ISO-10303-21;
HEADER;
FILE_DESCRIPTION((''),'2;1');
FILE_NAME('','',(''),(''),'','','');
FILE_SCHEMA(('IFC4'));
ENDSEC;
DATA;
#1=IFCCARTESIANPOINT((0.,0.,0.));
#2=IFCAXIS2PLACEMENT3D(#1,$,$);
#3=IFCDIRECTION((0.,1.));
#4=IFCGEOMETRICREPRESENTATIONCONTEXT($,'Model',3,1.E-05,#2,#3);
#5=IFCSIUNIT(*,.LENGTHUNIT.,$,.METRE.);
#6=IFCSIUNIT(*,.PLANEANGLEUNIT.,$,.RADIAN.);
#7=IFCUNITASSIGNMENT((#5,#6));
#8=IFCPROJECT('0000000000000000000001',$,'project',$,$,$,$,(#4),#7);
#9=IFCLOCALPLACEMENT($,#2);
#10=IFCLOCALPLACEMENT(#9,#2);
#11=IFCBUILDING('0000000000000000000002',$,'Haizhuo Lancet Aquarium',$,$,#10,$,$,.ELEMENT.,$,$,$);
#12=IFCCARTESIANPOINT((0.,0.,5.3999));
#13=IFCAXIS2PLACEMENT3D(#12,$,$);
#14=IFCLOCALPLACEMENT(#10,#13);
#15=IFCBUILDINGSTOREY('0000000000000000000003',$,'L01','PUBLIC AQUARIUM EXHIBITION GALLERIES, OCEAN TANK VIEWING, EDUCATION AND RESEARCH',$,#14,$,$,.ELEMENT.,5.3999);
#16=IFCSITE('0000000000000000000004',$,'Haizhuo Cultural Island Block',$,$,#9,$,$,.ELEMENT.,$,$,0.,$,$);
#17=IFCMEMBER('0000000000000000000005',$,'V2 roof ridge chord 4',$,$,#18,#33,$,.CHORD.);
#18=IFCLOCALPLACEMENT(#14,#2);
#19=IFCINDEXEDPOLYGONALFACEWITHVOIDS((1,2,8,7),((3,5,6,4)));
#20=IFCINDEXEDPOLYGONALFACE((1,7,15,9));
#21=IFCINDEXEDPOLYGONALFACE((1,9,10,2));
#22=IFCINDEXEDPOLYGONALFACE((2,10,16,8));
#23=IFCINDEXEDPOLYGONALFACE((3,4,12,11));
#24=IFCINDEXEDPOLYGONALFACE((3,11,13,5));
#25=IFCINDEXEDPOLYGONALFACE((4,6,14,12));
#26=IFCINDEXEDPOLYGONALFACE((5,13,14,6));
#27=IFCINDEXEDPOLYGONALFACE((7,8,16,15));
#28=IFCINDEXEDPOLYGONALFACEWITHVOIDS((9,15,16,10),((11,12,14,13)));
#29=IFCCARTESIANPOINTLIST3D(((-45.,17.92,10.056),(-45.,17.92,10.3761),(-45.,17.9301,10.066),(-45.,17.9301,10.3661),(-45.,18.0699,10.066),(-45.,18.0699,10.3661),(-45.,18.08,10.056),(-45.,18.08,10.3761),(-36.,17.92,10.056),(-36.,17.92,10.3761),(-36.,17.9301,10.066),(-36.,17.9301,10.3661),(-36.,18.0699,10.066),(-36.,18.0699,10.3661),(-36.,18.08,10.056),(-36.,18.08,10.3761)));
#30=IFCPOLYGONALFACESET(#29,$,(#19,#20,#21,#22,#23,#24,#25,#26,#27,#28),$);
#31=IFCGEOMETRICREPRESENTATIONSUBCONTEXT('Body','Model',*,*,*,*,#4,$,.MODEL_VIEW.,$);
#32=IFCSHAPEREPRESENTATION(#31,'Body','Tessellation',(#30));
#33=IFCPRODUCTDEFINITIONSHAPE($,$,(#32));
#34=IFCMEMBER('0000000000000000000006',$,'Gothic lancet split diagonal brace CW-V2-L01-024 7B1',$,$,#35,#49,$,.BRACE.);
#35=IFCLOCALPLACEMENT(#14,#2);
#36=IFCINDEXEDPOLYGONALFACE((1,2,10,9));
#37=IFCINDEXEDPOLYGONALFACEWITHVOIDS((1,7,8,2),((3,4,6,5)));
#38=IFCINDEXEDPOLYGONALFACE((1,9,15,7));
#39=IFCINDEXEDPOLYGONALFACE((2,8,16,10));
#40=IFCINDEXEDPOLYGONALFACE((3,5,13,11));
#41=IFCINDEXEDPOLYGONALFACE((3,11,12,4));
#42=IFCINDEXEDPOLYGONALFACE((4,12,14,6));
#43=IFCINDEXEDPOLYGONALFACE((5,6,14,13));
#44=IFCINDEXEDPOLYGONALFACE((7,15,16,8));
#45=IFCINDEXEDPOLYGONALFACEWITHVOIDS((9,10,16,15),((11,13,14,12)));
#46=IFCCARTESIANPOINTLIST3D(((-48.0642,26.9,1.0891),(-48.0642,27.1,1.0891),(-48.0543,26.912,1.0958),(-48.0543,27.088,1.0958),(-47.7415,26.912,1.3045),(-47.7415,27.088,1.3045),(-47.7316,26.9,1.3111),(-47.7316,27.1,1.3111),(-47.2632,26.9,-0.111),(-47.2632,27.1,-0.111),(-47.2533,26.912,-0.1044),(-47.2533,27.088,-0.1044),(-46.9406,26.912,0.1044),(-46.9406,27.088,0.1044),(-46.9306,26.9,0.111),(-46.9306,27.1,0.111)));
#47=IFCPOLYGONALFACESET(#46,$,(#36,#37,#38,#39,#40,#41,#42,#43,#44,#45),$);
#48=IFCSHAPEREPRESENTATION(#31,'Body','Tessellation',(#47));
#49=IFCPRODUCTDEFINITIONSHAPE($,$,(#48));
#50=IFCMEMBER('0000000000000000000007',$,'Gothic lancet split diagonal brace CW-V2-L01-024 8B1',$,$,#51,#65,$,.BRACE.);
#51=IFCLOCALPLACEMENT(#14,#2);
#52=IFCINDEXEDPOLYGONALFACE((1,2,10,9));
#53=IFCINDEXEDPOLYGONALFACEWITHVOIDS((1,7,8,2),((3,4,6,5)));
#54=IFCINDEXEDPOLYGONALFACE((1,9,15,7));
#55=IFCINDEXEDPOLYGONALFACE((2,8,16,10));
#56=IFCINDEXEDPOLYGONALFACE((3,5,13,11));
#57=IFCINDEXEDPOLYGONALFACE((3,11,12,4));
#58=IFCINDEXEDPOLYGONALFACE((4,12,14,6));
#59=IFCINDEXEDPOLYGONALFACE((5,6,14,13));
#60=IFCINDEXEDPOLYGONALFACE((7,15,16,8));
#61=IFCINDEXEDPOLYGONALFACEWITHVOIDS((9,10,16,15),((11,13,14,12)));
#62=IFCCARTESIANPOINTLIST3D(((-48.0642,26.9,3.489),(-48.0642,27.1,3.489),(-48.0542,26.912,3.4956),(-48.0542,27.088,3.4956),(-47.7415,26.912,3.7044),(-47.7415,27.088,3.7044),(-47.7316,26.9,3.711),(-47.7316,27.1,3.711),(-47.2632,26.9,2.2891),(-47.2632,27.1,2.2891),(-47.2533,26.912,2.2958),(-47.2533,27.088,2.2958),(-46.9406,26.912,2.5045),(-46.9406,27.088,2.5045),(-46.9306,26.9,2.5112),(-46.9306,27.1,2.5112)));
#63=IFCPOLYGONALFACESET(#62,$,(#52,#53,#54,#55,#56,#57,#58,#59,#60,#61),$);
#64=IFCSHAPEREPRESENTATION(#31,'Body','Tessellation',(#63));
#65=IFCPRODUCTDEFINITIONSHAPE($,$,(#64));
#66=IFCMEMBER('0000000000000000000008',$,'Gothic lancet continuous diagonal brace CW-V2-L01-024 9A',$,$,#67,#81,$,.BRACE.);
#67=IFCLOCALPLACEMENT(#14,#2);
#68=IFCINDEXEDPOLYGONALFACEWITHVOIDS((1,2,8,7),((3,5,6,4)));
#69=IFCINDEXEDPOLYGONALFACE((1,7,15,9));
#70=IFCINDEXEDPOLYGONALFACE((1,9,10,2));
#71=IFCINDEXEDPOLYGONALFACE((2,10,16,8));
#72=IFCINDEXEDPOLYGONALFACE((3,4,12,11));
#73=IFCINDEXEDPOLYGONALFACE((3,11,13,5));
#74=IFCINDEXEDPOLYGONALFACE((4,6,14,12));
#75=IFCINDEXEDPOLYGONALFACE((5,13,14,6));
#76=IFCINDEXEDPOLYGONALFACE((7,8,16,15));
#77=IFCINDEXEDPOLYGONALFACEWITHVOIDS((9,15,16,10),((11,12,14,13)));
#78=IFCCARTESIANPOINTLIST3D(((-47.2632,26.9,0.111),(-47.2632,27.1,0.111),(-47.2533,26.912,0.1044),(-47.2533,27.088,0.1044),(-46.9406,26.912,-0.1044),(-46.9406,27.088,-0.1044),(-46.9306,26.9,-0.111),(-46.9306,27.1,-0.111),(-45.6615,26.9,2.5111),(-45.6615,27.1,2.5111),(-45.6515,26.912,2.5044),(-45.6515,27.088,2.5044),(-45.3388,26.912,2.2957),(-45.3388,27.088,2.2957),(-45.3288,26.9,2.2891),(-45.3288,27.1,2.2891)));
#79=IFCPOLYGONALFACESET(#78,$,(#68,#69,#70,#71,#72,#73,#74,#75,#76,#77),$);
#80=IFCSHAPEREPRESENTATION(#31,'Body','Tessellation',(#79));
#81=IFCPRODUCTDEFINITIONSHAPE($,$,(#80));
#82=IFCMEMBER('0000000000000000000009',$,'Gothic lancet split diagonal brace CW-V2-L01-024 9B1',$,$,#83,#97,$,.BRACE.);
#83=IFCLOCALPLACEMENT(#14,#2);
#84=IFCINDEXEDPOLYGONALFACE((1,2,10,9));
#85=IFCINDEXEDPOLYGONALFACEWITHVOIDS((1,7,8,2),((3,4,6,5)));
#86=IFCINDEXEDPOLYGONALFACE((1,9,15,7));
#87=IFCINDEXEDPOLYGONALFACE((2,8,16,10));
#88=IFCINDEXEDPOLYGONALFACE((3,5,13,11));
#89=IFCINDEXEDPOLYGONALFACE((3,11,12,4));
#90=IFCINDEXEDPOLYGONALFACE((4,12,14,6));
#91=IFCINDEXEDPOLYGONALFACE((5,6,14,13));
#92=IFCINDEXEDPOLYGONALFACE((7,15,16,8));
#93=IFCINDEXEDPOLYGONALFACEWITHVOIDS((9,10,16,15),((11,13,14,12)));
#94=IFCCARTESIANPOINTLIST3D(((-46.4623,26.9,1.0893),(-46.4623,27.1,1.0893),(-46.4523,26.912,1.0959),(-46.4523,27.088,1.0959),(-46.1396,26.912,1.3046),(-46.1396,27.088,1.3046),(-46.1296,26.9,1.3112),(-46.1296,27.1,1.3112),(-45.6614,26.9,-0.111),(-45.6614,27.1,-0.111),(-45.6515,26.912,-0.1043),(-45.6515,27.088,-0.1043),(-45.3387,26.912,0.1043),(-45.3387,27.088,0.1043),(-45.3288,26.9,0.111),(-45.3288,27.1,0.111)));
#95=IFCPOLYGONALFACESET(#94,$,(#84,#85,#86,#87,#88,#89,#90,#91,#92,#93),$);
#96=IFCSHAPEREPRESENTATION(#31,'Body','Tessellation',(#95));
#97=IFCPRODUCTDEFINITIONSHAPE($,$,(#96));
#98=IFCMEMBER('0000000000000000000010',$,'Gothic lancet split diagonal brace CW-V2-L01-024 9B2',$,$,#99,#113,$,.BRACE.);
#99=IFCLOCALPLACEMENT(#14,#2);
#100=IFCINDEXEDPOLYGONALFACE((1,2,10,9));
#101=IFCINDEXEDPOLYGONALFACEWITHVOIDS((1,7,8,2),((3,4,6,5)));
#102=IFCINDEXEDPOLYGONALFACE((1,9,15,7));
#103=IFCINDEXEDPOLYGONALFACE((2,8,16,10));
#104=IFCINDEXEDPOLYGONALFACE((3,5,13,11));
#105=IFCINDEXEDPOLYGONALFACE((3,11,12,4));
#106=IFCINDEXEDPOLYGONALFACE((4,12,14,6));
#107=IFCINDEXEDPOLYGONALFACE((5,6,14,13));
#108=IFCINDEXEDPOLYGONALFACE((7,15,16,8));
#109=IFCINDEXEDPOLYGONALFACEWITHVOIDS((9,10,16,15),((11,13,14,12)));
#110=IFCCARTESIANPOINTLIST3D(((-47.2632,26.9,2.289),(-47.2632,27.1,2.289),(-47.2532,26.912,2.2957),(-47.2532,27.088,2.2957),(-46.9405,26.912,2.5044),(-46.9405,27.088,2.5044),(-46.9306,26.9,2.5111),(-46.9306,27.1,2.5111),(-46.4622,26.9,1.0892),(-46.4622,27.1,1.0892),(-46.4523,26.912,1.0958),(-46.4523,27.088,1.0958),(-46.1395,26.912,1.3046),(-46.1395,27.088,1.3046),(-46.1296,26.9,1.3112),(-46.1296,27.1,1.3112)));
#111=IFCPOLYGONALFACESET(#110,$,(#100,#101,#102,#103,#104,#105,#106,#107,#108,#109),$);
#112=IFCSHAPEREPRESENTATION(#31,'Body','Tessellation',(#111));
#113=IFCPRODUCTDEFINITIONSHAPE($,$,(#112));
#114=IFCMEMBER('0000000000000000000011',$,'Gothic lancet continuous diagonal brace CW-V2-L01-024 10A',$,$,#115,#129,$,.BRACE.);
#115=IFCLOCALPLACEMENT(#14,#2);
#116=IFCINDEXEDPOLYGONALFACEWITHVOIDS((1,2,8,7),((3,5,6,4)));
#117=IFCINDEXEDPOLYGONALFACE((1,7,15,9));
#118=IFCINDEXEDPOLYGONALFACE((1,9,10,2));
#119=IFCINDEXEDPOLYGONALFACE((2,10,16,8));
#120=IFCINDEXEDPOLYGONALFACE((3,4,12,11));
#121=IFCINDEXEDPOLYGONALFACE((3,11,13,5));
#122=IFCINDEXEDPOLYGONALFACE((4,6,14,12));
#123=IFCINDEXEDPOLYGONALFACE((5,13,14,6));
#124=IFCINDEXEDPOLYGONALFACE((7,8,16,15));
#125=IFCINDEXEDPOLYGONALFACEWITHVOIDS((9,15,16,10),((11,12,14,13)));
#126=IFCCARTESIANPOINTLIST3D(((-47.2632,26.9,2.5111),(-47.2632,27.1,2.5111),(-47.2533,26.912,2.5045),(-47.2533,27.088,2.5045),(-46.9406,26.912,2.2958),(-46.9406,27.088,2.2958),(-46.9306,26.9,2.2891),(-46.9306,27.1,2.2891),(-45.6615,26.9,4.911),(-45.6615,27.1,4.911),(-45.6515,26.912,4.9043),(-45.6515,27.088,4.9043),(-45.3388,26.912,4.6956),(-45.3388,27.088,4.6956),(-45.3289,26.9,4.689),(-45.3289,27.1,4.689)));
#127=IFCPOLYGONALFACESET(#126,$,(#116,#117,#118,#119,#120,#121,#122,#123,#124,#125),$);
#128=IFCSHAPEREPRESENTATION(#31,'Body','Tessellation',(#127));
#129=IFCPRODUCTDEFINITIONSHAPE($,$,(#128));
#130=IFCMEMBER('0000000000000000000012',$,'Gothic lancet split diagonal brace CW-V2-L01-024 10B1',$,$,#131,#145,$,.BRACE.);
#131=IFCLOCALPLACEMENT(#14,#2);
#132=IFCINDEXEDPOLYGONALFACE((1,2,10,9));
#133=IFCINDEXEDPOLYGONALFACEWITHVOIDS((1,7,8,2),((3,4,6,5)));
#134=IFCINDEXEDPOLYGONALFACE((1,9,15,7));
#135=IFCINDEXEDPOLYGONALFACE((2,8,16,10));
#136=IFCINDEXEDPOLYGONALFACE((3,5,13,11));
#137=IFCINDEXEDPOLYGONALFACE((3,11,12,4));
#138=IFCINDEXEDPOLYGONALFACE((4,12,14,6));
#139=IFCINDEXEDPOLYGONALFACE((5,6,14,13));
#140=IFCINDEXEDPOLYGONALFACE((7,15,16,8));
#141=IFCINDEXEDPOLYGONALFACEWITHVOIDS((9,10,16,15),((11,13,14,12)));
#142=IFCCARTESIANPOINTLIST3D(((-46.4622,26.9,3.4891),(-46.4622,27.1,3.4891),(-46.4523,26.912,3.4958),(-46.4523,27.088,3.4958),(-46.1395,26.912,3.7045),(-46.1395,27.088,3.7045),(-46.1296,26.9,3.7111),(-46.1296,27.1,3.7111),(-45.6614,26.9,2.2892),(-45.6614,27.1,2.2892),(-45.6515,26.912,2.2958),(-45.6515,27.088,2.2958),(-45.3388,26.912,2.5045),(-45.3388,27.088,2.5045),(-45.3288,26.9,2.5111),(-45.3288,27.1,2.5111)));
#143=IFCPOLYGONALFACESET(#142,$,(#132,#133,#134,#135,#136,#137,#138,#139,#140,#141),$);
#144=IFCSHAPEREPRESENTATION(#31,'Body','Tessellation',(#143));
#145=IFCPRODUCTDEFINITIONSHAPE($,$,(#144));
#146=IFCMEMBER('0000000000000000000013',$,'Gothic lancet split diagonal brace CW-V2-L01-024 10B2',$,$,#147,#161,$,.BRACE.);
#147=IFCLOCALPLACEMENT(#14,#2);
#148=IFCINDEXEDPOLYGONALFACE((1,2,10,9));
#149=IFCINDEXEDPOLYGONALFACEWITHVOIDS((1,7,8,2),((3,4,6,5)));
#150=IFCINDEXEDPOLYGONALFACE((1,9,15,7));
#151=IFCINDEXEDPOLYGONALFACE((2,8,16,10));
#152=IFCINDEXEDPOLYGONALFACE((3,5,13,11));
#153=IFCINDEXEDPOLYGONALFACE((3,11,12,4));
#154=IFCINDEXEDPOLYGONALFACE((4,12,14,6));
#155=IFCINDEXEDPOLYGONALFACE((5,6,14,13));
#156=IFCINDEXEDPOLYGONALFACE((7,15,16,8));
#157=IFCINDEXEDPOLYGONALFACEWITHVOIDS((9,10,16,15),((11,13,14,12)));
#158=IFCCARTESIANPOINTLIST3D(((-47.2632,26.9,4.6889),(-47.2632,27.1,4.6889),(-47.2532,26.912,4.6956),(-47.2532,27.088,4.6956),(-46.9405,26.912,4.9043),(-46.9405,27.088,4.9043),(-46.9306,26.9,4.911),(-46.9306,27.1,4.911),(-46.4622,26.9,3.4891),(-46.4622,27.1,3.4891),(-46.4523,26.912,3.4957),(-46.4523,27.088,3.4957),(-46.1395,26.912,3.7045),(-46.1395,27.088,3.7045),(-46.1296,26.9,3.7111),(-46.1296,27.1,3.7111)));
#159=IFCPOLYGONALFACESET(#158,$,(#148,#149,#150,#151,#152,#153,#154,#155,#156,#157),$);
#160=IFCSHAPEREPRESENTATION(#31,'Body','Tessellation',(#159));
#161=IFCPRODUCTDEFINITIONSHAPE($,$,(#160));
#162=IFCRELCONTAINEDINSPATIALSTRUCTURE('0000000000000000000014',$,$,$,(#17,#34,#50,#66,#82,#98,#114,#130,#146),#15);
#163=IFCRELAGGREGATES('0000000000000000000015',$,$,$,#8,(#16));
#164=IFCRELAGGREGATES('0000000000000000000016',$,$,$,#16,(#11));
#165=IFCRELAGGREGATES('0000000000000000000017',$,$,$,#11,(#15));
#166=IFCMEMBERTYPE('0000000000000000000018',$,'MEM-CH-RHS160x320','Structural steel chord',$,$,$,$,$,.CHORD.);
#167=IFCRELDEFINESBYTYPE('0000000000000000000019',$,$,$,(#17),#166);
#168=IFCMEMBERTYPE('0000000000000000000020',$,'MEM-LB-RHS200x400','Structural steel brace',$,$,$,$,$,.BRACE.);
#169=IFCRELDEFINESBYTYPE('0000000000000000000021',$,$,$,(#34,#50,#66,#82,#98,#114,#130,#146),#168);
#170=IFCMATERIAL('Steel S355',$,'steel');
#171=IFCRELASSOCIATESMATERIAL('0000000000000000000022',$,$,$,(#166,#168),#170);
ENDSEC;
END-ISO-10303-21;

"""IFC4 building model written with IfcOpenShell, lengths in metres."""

from ifc_helpers import new_model, si_unit, direction, frame, origin, origin_2d, place, context, subcontext, project, spatial, hollow_rectangle, extrude, material, material_profile, profile_set, type_object, element, save


model = new_model("IFC4")

# Units and contexts
model_context = context("Model", 3, precision=1e-05, world=origin(), true_north=direction((0.0, 1.0)))
body_context = subcontext(model_context, "Body", "Model", "MODEL_VIEW")
ifc_project = project(units=[si_unit("LENGTHUNIT", "METRE"), si_unit("PLANEANGLEUNIT", "RADIAN")], contexts=[model_context])

# Site, building, storey
site_placement = place(None, origin())
site = spatial("IfcSite", under=ifc_project, at=site_placement, Name="Haizhuo Cultural Island Block", CompositionType="ELEMENT", RefElevation=0.0)
building_placement = place(site_placement, origin())
building = spatial("IfcBuilding", under=site, at=building_placement, Name="Haizhuo Lancet Aquarium", CompositionType="ELEMENT")
storey_placement = place(building_placement, frame((0.0, 0.0, 5.3999)))
storey = spatial("IfcBuildingStorey", under=building, at=storey_placement, Name="L01", Description="PUBLIC AQUARIUM EXHIBITION GALLERIES, OCEAN TANK VIEWING, EDUCATION AND RESEARCH", CompositionType="ELEMENT", Elevation=5.3999)

# Shared definitions
ifc_material_1 = material(Name="Steel S355", Category="steel")

# Members
ifc_material_profile_1 = material_profile(ifc_material_1, hollow_rectangle(XDim=0.1599, YDim=0.3201, WallThickness=0.01, at=origin_2d()), Name="RHS 160x320x10")
ifc_profile_set_1 = profile_set([ifc_material_profile_1], Name="Steel S355")
member_type_1 = type_object("IfcMemberType", Name="MEM-CH-RHS160x320", Description="Structural steel chord", PredefinedType="CHORD", material=ifc_profile_set_1)
member_1_placement = place(storey_placement, frame((-45.0, 18.0, 10.2161), z_axis=(1.0, 0.0, 0.0), x_axis=(0.0, 1.0, 0.0)))
element("IfcMember", 1, at=member_1_placement, inside=storey, type_object=member_type_1, Name="V2 roof ridge chord 4", PredefinedType="CHORD", context=body_context, shape_type="SweptSolid", body=[
    extrude(hollow_rectangle(XDim=0.1599, YDim=0.3201, WallThickness=0.01, at=origin_2d()), origin(), (0.0, 0.0, 1.0), 9.0),
])
ifc_material_profile_2 = material_profile(ifc_material_1, hollow_rectangle(XDim=0.2, YDim=0.3999, WallThickness=0.012, at=origin_2d()), Name="RHS 200x400x12")
ifc_profile_set_2 = profile_set([ifc_material_profile_2], Name="Steel S355")
member_type_2 = type_object("IfcMemberType", Name="MEM-LB-RHS200x400", Description="Structural steel brace", PredefinedType="BRACE", material=ifc_profile_set_2)
member_2_placement = place(storey_placement, frame((-47.0969, 27.0, 0.0), z_axis=(-0.55513, 0.0, 0.831764), x_axis=(0.0, -1.0, 0.0)))
element("IfcMember", 2, at=member_2_placement, inside=storey, type_object=member_type_2, Name="Gothic lancet split diagonal brace CW-V2-L01-024 7B1", PredefinedType="BRACE", context=body_context, shape_type="SweptSolid", body=[
    extrude(hollow_rectangle(XDim=0.2, YDim=0.3999, WallThickness=0.012, at=origin_2d()), origin(), (0.0, 0.0, 1.0), 1.4429),
])
member_3_placement = place(storey_placement, frame((-47.0969, 27.0, 2.4001), z_axis=(-0.555208, 0.0, 0.831712), x_axis=(0.0, -1.0, 0.0)))
element("IfcMember", 3, at=member_3_placement, inside=storey, type_object=member_type_2, Name="Gothic lancet split diagonal brace CW-V2-L01-024 8B1", PredefinedType="BRACE", context=body_context, shape_type="SweptSolid", body=[
    extrude(hollow_rectangle(XDim=0.2, YDim=0.3999, WallThickness=0.012, at=origin_2d()), origin(), (0.0, 0.0, 1.0), 1.4426),
])
member_4_placement = place(storey_placement, frame((-47.0969, 27.0, 0.0), z_axis=(0.55511, 0.0, 0.831777), x_axis=(0.0, 1.0, 0.0)))
element("IfcMember", 4, at=member_4_placement, inside=storey, type_object=member_type_2, Name="Gothic lancet continuous diagonal brace CW-V2-L01-024 9A", PredefinedType="BRACE", context=body_context, shape_type="SweptSolid", body=[
    extrude(hollow_rectangle(XDim=0.2, YDim=0.3999, WallThickness=0.012, at=origin_2d()), origin(), (0.0, 0.0, 1.0), 2.8855),
])
member_5_placement = place(storey_placement, frame((-45.4951, 27.0, 0.0), z_axis=(-0.555013, 0.0, 0.831842), x_axis=(0.0, -1.0, 0.0)))
element("IfcMember", 5, at=member_5_placement, inside=storey, type_object=member_type_2, Name="Gothic lancet split diagonal brace CW-V2-L01-024 9B1", PredefinedType="BRACE", context=body_context, shape_type="SweptSolid", body=[
    extrude(hollow_rectangle(XDim=0.2, YDim=0.3999, WallThickness=0.012, at=origin_2d()), origin(), (0.0, 0.0, 1.0), 1.4429),
])
member_6_placement = place(storey_placement, frame((-46.2959, 27.0, 1.2002), z_axis=(-0.555208, 0.0, 0.831712), x_axis=(0.0, -1.0, 0.0)))
element("IfcMember", 6, at=member_6_placement, inside=storey, type_object=member_type_2, Name="Gothic lancet split diagonal brace CW-V2-L01-024 9B2", PredefinedType="BRACE", context=body_context, shape_type="SweptSolid", body=[
    extrude(hollow_rectangle(XDim=0.2, YDim=0.3999, WallThickness=0.012, at=origin_2d()), origin(), (0.0, 0.0, 1.0), 1.4426),
])
member_7_placement = place(storey_placement, frame((-47.0969, 27.0, 2.4001), z_axis=(0.555149, 0.0, 0.831751), x_axis=(0.0, 1.0, 0.0)))
element("IfcMember", 7, at=member_7_placement, inside=storey, type_object=member_type_2, Name="Gothic lancet continuous diagonal brace CW-V2-L01-024 10A", PredefinedType="BRACE", context=body_context, shape_type="SweptSolid", body=[
    extrude(hollow_rectangle(XDim=0.2, YDim=0.3999, WallThickness=0.012, at=origin_2d()), origin(), (0.0, 0.0, 1.0), 2.8853),
])
for number, where, z_axis, x_axis, name in (
    (8, (-45.4951, 27.0, 2.4001), (-0.555091, 0.0, 0.83179), (0.0, -1.0, 0.0), "Gothic lancet split diagonal brace CW-V2-L01-024 10B1"),
    (9, (-46.2959, 27.0, 3.6001), (-0.555208, 0.0, 0.831712), (0.0, -1.0, 0.0), "Gothic lancet split diagonal brace CW-V2-L01-024 10B2"),
):
    element("IfcMember", number, at=place(storey_placement, frame(where, z_axis=z_axis, x_axis=x_axis)), inside=storey, type_object=member_type_2, Name=name, PredefinedType="BRACE", context=body_context, shape_type="SweptSolid", body=[
        extrude(hollow_rectangle(XDim=0.2, YDim=0.3999, WallThickness=0.012, at=origin_2d()), origin(), (0.0, 0.0, 1.0), 1.4426),
    ])

save(model, "model.ifc")
